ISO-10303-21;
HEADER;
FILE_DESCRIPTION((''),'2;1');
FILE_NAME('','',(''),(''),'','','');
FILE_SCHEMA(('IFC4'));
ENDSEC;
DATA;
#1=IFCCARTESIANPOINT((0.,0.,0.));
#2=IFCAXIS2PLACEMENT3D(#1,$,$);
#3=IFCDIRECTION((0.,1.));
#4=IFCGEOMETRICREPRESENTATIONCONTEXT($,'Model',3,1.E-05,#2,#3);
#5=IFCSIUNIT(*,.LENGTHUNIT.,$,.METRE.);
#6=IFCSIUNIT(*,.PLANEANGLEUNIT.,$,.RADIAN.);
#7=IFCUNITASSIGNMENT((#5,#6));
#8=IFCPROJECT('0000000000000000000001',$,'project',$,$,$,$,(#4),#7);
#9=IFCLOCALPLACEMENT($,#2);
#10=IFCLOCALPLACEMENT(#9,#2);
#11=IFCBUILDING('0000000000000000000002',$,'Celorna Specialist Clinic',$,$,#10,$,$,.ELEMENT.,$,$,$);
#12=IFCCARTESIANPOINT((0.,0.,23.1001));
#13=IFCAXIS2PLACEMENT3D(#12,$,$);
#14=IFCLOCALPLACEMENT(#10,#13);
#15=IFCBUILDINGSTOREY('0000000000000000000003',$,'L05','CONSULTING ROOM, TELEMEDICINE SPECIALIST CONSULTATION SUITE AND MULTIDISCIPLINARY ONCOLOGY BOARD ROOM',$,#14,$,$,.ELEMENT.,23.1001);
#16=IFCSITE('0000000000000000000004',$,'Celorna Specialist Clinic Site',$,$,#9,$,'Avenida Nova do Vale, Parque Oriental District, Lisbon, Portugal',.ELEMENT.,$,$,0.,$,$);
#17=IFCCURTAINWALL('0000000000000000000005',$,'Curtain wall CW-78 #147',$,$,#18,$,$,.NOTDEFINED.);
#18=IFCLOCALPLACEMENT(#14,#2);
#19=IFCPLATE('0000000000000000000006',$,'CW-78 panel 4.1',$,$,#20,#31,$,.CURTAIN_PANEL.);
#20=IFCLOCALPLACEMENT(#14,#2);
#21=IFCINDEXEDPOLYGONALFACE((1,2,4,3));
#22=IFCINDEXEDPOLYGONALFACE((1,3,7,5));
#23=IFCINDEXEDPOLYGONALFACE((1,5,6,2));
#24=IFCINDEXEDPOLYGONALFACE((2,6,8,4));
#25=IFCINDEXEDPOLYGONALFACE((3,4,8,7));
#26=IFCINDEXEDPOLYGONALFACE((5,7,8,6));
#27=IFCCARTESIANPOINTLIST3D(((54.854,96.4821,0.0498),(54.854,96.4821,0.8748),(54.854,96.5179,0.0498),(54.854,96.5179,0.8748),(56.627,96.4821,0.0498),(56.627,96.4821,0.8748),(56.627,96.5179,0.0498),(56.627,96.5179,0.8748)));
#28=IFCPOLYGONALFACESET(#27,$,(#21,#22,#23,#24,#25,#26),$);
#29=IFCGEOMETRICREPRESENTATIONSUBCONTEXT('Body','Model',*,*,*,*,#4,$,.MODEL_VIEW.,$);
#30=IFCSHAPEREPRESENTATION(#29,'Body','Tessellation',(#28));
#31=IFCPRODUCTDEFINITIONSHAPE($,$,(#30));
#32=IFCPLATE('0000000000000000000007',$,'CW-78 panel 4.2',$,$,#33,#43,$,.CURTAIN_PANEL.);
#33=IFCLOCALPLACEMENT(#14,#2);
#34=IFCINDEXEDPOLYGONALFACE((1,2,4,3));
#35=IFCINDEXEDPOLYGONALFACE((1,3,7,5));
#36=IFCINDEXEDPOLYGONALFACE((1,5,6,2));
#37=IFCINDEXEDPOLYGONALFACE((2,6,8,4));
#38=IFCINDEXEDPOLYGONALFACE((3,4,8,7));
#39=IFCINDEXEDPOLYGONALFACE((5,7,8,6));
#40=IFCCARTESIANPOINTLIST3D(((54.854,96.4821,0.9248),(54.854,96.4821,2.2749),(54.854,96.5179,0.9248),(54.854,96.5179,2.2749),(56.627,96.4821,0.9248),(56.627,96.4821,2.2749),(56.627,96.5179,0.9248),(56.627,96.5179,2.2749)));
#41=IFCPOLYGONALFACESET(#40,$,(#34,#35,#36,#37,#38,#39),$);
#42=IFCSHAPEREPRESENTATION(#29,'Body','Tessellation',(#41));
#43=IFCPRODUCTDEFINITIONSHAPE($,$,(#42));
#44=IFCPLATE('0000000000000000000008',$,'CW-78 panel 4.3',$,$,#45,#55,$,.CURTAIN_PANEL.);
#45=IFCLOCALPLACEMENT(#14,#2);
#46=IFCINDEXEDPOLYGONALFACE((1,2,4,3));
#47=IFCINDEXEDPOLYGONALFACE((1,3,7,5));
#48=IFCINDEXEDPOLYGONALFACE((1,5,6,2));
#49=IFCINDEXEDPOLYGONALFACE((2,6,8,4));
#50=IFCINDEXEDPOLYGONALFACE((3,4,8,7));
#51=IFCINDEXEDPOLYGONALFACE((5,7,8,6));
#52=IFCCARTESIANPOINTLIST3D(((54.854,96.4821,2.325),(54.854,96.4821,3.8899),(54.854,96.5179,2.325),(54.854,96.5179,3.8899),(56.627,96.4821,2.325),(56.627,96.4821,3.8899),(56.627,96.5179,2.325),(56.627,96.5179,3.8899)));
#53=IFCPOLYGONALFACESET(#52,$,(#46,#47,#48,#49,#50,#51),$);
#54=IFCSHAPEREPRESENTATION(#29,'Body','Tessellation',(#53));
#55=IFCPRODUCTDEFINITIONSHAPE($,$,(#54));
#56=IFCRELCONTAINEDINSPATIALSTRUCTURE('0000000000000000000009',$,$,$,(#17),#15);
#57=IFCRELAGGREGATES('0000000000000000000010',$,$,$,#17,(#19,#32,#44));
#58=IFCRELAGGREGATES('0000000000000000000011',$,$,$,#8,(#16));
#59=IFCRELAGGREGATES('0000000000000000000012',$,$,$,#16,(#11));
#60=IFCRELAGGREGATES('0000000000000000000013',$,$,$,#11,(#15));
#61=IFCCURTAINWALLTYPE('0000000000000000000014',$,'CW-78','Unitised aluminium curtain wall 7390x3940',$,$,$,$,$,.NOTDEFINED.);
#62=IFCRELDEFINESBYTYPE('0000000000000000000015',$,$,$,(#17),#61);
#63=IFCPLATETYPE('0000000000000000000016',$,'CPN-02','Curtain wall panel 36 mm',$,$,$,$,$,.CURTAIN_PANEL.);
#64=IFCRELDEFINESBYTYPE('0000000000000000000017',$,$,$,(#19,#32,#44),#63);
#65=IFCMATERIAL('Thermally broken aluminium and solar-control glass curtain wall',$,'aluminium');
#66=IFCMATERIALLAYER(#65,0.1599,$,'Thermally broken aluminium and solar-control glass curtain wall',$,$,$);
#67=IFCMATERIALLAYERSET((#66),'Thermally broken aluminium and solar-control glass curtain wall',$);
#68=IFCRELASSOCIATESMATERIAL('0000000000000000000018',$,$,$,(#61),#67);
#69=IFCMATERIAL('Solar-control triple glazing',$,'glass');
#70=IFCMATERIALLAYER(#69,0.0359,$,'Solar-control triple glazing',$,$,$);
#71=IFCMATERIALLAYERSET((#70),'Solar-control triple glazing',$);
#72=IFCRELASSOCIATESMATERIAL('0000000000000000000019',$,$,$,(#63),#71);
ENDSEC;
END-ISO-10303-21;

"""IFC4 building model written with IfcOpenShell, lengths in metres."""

from ifc_helpers import new_model, si_unit, direction, frame, origin, origin_2d, place, context, subcontext, project, spatial, rectangle, extrude, material, layer, layer_set, type_object, element, aggregate, save


model = new_model("IFC4")

# Units and contexts
model_context = context("Model", 3, precision=1e-05, world=origin(), true_north=direction((0.0, 1.0)))
body_context = subcontext(model_context, "Body", "Model", "MODEL_VIEW")
ifc_project = project(units=[si_unit("LENGTHUNIT", "METRE"), si_unit("PLANEANGLEUNIT", "RADIAN")], contexts=[model_context])

# Site, building, storey
site_placement = place(None, origin())
site = spatial("IfcSite", under=ifc_project, at=site_placement, Name="Celorna Specialist Clinic Site", LongName="Avenida Nova do Vale, Parque Oriental District, Lisbon, Portugal", CompositionType="ELEMENT", RefElevation=0.0)
building_placement = place(site_placement, origin())
building = spatial("IfcBuilding", under=site, at=building_placement, Name="Celorna Specialist Clinic", CompositionType="ELEMENT")
storey_placement = place(building_placement, frame((0.0, 0.0, 23.1001)))
storey = spatial("IfcBuildingStorey", under=building, at=storey_placement, Name="L05", Description="CONSULTING ROOM, TELEMEDICINE SPECIALIST CONSULTATION SUITE AND MULTIDISCIPLINARY ONCOLOGY BOARD ROOM", CompositionType="ELEMENT", Elevation=23.1001)

# Curtain wall
ifc_material_1 = material(Name="Thermally broken aluminium and solar-control glass curtain wall", Category="aluminium")
ifc_layer_1 = layer(ifc_material_1, 0.1599, Name="Thermally broken aluminium and solar-control glass curtain wall")
ifc_layer_set_1 = layer_set([ifc_layer_1], Name="Thermally broken aluminium and solar-control glass curtain wall")
curtain_wall_type_1 = type_object("IfcCurtainWallType", Name="CW-78", Description="Unitised aluminium curtain wall 7390x3940", PredefinedType="NOTDEFINED", material=ifc_layer_set_1)
curtain_wall_1_placement = place(storey_placement, origin())
curtain_wall_1 = element("IfcCurtainWall", 1, at=curtain_wall_1_placement, inside=storey, type_object=curtain_wall_type_1, Name="Curtain wall CW-78 #147", PredefinedType="NOTDEFINED")

# Plates
ifc_material_2 = material(Name="Solar-control triple glazing", Category="glass")
ifc_layer_2 = layer(ifc_material_2, 0.0359, Name="Solar-control triple glazing")
ifc_layer_set_2 = layer_set([ifc_layer_2], Name="Solar-control triple glazing")
plate_type_1 = type_object("IfcPlateType", Name="CPN-02", Description="Curtain wall panel 36 mm", PredefinedType="CURTAIN_PANEL", material=ifc_layer_set_2)
plate_1_placement = place(storey_placement, frame((55.7405, 96.5, 0.0498), z_axis=(0.0, 0.0, 1.0), x_axis=(-1.0, 0.0, 0.0)))
plate_1 = element("IfcPlate", 2, at=plate_1_placement, type_object=plate_type_1, Name="CW-78 panel 4.1", PredefinedType="CURTAIN_PANEL", context=body_context, shape_type="SweptSolid", body=[
    extrude(rectangle(XDim=1.7729, YDim=0.0359, at=origin_2d()), origin(), (0.0, 0.0, 1.0), 0.825),
])
plate_2_placement = place(storey_placement, frame((55.7405, 96.5, 0.9248), z_axis=(0.0, 0.0, 1.0), x_axis=(-1.0, 0.0, 0.0)))
plate_2 = element("IfcPlate", 3, at=plate_2_placement, type_object=plate_type_1, Name="CW-78 panel 4.2", PredefinedType="CURTAIN_PANEL", context=body_context, shape_type="SweptSolid", body=[
    extrude(rectangle(XDim=1.7729, YDim=0.0359, at=origin_2d()), origin(), (0.0, 0.0, 1.0), 1.3501),
])
plate_3_placement = place(storey_placement, frame((55.7405, 96.5, 2.325), z_axis=(0.0, 0.0, 1.0), x_axis=(-1.0, 0.0, 0.0)))
plate_3 = element("IfcPlate", 4, at=plate_3_placement, type_object=plate_type_1, Name="CW-78 panel 4.3", PredefinedType="CURTAIN_PANEL", context=body_context, shape_type="SweptSolid", body=[
    extrude(rectangle(XDim=1.7729, YDim=0.0359, at=origin_2d()), origin(), (0.0, 0.0, 1.0), 1.5649),
])
aggregate(curtain_wall_1, [plate_1, plate_2, plate_3])

save(model, "model.ifc")
